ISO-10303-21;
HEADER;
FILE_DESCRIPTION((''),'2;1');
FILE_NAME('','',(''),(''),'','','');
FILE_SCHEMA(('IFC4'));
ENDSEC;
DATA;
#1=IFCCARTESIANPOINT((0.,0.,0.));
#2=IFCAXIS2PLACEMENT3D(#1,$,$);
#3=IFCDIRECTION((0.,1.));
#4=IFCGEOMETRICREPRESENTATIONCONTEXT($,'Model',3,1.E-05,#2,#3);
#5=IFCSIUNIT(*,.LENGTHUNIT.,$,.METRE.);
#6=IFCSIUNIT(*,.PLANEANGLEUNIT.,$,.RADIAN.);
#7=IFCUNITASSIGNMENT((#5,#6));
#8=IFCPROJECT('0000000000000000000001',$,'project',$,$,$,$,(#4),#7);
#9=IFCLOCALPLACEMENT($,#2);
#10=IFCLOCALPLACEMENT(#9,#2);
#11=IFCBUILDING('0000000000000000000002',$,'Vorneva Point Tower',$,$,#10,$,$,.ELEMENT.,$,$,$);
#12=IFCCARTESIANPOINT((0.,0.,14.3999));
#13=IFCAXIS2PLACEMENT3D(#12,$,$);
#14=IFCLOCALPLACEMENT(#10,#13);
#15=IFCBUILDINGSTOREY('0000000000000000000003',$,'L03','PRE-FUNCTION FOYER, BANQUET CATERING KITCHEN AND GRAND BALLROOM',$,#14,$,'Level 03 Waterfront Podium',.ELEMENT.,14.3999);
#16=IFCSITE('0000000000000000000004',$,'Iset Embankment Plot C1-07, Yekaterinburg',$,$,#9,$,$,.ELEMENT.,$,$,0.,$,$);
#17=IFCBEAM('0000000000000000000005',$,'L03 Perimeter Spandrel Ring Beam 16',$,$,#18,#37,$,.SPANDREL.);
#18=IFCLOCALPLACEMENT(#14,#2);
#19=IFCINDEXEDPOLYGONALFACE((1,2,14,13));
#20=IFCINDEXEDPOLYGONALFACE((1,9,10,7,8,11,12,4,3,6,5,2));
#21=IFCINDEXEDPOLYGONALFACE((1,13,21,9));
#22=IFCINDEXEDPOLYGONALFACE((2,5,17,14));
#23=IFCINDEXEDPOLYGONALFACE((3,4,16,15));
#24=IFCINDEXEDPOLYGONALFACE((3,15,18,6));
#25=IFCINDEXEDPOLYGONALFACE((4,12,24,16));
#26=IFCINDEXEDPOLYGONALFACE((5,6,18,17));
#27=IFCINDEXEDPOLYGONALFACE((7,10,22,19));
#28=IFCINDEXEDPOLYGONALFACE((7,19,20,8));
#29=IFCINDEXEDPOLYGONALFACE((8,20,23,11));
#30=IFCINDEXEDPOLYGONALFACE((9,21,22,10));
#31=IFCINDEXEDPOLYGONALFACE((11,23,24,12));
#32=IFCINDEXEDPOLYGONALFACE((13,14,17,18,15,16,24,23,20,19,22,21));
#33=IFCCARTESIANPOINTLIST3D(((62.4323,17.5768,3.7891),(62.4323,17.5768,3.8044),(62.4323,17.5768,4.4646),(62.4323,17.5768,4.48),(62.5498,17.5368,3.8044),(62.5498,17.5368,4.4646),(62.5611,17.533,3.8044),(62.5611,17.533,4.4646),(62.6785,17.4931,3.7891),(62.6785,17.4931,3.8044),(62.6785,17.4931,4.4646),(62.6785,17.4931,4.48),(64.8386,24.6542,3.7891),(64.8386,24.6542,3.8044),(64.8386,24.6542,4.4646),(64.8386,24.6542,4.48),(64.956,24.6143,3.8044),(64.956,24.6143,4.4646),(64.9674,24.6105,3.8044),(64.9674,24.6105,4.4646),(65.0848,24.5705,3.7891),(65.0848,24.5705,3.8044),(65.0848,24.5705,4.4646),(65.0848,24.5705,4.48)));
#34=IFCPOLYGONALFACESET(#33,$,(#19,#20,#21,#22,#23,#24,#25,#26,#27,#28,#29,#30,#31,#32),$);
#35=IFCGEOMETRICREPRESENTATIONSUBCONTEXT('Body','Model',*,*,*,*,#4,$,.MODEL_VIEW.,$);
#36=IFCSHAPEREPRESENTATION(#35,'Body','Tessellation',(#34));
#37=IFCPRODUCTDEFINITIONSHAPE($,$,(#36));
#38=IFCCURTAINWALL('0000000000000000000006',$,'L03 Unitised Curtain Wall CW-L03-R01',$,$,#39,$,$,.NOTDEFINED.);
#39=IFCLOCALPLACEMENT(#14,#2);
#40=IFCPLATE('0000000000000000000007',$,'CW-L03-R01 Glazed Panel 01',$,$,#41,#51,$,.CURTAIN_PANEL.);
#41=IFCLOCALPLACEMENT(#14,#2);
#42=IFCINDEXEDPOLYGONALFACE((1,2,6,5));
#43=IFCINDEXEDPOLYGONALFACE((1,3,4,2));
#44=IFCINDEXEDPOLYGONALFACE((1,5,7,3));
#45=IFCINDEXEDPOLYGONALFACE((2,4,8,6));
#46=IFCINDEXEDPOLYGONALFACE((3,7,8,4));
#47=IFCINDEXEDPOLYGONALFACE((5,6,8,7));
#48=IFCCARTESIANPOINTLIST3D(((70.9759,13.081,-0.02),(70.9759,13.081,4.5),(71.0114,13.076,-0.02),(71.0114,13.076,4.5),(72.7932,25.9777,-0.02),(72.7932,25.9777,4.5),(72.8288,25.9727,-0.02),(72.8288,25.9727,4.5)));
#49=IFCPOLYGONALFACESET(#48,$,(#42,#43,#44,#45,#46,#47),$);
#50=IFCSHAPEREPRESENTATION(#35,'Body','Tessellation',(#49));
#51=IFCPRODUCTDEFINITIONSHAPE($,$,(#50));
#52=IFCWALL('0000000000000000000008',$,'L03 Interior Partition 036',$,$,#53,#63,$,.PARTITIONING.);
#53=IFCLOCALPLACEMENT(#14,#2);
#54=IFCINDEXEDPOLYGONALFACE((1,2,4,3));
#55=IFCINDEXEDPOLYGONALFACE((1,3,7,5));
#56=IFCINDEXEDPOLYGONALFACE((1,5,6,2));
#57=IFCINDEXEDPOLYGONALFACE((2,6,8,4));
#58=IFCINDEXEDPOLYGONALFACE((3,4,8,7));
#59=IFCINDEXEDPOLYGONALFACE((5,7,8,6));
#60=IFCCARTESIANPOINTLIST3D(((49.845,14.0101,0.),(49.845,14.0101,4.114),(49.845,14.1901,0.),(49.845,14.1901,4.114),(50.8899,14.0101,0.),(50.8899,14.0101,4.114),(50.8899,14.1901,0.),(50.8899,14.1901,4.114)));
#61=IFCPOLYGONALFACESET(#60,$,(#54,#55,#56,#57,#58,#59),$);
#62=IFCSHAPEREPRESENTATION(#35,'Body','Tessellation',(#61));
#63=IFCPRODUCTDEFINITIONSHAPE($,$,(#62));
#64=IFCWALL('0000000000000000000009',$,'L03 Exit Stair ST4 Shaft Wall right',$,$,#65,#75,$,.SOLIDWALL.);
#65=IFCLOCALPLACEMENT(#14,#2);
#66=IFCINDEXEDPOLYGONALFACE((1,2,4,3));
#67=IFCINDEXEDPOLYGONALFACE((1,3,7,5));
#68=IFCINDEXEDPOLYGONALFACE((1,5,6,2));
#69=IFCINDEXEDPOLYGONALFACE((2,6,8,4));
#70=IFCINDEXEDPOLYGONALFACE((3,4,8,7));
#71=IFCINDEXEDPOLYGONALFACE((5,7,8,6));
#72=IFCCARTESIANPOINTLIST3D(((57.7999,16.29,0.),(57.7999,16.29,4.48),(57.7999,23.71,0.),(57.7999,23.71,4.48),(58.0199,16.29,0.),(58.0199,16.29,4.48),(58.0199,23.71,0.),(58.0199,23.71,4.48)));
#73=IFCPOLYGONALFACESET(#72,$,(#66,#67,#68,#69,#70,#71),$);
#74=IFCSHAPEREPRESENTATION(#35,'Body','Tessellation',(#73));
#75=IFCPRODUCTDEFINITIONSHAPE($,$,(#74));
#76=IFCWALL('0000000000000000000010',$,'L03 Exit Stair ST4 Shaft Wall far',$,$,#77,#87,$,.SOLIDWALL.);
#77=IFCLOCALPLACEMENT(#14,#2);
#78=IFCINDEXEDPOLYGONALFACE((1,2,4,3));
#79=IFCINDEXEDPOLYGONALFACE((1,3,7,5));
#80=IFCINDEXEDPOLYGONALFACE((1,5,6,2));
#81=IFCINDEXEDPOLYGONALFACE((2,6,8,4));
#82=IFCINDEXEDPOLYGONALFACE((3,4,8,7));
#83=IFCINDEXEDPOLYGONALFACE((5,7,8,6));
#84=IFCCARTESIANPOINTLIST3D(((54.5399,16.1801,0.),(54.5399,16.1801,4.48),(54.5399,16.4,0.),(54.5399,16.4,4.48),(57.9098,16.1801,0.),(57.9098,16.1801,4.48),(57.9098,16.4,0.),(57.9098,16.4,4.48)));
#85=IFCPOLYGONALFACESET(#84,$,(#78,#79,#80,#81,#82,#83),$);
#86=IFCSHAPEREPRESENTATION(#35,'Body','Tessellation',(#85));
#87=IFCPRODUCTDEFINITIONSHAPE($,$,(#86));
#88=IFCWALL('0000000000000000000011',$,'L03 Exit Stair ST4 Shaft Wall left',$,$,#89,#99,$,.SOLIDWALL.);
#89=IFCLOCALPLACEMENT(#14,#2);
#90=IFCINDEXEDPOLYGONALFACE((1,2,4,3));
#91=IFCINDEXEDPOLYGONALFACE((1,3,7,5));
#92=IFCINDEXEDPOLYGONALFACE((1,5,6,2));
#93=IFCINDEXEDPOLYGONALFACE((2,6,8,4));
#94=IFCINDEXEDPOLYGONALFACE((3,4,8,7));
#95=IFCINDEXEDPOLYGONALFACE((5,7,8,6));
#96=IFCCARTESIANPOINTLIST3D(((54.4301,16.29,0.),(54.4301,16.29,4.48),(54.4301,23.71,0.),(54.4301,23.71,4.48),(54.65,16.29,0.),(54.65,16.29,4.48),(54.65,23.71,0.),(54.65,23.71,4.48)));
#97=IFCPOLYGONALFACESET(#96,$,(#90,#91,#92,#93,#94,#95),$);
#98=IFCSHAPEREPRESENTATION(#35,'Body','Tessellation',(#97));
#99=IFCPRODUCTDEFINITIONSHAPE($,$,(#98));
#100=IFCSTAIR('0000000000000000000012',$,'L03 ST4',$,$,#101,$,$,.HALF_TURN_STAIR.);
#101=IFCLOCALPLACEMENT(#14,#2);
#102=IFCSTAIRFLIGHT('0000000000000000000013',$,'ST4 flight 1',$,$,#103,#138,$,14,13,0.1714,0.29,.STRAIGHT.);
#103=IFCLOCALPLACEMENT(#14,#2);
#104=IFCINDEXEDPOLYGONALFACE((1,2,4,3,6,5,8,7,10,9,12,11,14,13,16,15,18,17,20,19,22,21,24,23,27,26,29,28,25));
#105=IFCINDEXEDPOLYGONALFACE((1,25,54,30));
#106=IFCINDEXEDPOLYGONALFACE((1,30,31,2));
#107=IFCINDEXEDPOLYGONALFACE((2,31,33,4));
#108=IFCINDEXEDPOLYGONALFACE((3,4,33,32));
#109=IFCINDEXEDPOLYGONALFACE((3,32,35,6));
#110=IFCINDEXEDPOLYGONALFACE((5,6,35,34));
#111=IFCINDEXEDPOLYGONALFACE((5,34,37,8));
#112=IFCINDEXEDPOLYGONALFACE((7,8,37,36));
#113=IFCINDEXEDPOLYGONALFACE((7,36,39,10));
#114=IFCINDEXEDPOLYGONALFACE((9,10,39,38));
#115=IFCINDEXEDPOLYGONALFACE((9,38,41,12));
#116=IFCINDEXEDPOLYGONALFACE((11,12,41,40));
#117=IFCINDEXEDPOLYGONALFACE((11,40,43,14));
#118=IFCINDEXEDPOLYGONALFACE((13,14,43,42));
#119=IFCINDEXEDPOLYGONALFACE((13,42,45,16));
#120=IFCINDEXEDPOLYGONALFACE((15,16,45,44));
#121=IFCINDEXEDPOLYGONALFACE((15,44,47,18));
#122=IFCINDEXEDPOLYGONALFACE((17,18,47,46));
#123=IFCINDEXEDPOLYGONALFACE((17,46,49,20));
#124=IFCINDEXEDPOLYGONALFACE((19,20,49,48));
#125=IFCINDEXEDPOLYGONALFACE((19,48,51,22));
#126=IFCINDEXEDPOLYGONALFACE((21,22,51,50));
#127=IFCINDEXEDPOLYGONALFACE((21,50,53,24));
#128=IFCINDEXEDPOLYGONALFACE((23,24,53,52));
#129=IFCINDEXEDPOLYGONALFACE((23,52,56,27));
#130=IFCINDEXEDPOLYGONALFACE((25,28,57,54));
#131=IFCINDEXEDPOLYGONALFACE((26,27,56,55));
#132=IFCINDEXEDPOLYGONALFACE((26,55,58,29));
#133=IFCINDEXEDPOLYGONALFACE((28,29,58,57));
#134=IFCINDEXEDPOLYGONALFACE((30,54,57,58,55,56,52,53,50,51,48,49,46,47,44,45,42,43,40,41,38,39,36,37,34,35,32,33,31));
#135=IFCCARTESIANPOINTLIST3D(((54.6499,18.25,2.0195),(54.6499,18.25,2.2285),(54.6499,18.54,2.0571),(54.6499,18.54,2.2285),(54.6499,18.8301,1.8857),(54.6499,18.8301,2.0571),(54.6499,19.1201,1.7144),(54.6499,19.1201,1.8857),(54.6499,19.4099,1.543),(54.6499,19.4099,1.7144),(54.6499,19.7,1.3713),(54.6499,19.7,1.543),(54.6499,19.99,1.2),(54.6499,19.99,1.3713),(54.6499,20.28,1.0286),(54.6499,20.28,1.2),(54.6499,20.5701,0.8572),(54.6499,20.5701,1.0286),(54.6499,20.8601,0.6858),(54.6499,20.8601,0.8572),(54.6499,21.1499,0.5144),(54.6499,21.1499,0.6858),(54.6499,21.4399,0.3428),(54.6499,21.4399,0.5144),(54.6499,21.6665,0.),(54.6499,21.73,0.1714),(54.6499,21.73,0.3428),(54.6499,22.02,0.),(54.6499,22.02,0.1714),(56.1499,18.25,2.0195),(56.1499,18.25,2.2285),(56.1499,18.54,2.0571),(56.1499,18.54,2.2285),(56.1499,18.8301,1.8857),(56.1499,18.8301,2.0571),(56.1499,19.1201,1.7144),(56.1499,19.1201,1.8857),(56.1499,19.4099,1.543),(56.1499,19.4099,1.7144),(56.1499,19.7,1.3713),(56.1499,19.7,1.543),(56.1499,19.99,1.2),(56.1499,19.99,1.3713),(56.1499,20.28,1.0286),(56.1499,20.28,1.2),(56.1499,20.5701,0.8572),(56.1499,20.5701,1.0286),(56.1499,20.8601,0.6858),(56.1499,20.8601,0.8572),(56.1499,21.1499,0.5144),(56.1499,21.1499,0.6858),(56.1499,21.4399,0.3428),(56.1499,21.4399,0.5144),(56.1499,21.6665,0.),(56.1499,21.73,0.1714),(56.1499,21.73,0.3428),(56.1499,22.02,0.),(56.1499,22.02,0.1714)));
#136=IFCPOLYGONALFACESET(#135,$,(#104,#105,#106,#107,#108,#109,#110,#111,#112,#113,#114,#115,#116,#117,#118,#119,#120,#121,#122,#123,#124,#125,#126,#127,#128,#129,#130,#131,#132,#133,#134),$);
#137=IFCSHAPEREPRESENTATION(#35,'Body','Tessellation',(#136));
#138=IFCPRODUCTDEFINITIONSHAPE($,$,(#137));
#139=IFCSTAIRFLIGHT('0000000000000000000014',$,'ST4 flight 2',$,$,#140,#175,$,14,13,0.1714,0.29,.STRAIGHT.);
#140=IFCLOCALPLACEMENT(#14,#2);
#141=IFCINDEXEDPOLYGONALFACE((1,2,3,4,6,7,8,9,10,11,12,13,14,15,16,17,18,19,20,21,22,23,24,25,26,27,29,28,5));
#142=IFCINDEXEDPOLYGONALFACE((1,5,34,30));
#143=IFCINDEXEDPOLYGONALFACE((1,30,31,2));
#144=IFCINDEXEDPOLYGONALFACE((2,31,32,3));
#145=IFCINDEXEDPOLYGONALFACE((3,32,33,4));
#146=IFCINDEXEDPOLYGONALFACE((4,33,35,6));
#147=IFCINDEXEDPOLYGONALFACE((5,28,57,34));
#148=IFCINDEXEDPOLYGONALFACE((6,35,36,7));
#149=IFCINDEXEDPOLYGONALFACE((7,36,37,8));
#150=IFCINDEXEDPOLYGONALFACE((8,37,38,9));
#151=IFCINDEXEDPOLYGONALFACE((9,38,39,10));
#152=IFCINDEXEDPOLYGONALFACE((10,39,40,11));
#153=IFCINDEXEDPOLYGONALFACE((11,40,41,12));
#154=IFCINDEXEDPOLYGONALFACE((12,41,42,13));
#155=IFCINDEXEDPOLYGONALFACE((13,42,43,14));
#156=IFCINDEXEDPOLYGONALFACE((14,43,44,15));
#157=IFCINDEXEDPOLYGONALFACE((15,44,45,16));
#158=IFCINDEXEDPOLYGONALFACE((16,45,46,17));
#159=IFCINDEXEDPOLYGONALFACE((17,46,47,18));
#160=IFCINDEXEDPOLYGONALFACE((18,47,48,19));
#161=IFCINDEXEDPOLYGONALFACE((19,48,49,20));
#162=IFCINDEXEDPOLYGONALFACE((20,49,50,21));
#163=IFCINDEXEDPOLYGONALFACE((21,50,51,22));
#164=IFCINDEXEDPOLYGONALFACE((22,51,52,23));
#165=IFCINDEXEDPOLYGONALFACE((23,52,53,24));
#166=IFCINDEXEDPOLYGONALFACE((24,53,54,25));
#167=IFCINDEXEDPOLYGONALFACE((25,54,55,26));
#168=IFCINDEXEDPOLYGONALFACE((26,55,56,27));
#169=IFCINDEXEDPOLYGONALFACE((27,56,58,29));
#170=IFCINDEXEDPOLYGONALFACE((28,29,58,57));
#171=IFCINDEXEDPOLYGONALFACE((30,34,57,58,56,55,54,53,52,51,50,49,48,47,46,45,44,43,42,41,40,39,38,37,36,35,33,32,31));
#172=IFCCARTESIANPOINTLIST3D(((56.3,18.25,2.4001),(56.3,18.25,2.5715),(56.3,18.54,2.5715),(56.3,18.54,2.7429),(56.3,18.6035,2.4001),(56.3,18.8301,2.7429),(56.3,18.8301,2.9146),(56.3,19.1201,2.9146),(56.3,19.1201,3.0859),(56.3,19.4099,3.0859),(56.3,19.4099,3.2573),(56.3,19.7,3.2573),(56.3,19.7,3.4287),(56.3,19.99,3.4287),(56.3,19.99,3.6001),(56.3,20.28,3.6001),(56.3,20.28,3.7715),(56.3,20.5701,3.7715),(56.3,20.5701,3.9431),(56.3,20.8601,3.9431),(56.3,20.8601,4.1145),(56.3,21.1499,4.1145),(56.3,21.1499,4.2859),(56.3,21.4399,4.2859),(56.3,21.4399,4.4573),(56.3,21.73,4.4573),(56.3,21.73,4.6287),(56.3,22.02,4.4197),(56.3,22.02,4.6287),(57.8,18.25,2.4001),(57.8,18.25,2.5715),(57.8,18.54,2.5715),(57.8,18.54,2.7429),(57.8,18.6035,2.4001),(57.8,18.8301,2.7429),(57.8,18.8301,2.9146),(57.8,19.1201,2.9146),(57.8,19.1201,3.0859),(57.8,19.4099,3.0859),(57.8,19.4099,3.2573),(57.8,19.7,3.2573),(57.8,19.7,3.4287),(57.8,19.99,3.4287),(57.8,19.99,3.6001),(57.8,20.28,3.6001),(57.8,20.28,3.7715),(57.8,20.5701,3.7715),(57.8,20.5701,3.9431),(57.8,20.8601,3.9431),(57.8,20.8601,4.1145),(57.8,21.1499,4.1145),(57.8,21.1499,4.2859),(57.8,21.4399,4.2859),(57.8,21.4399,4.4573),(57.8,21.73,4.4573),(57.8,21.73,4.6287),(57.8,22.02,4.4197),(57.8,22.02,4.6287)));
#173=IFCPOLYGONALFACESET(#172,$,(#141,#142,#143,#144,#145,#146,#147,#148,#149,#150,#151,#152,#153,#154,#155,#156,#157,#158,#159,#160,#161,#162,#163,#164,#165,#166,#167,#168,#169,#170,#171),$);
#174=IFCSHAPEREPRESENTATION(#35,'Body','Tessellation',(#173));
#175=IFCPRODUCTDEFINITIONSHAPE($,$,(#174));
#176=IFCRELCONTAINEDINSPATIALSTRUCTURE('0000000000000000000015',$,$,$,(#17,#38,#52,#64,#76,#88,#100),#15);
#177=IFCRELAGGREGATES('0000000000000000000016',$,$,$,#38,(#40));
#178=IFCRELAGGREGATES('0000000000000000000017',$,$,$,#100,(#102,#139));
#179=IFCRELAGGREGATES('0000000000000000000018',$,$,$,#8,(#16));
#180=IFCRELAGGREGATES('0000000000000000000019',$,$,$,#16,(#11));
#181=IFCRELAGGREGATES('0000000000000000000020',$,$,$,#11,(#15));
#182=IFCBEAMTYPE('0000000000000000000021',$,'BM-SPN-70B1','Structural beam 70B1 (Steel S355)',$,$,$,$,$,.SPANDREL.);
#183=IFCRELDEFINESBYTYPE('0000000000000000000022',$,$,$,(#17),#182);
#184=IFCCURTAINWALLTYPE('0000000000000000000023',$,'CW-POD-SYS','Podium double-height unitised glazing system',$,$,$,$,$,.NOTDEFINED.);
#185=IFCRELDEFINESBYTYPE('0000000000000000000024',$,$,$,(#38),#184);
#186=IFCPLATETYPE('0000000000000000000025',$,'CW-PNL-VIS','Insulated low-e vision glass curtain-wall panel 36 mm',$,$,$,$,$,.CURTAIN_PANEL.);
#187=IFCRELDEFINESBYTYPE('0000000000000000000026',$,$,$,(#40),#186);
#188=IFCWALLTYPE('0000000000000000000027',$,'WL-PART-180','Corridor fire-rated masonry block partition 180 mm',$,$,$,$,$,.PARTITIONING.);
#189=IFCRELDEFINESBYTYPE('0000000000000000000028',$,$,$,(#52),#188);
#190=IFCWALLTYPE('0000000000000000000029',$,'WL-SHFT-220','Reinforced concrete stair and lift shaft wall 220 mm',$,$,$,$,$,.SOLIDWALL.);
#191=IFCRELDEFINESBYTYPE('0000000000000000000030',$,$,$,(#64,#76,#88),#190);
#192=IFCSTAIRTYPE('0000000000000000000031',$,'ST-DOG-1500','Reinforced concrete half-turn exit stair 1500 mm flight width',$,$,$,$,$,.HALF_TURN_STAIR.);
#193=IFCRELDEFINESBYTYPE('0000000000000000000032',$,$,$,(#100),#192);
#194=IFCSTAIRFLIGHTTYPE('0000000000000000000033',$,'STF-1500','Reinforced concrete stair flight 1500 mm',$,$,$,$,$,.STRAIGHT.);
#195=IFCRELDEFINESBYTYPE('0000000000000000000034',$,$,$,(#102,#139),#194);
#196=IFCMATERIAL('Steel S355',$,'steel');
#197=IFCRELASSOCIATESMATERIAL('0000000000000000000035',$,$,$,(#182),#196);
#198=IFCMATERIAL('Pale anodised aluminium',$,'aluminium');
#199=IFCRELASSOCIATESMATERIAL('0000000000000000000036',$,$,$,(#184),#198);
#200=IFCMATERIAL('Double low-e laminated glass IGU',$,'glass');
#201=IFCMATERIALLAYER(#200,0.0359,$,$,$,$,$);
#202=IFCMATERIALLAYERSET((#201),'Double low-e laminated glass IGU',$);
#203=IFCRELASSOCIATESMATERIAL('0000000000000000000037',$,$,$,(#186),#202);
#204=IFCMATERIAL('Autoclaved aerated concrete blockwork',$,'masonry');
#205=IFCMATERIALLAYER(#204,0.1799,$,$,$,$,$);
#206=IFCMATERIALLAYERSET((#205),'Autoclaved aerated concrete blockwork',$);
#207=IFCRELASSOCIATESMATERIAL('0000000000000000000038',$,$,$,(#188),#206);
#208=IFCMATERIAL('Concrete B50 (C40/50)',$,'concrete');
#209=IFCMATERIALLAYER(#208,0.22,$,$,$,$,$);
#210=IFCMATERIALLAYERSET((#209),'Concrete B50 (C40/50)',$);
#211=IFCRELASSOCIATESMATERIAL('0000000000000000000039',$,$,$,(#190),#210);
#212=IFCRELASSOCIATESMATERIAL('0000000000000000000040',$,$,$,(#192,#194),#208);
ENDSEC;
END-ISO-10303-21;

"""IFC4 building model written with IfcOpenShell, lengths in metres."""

from ifc_helpers import new_model, si_unit, direction, frame, frame_2d, origin, origin_2d, place, context, subcontext, project, spatial, polyline, rectangle, i_section, outline, extrude, material, layer, layer_set, material_profile, profile_set, type_object, element, aggregate, save


model = new_model("IFC4")

# Units and contexts
model_context = context("Model", 3, precision=1e-05, world=origin(), true_north=direction((0.0, 1.0)))
body_context = subcontext(model_context, "Body", "Model", "MODEL_VIEW")
ifc_project = project(units=[si_unit("LENGTHUNIT", "METRE"), si_unit("PLANEANGLEUNIT", "RADIAN")], contexts=[model_context])

# Site, building, storey
site_placement = place(None, origin())
site = spatial("IfcSite", under=ifc_project, at=site_placement, Name="Iset Embankment Plot C1-07, Yekaterinburg", CompositionType="ELEMENT", RefElevation=0.0)
building_placement = place(site_placement, origin())
building = spatial("IfcBuilding", under=site, at=building_placement, Name="Vorneva Point Tower", CompositionType="ELEMENT")
storey_placement = place(building_placement, frame((0.0, 0.0, 14.3999)))
storey = spatial("IfcBuildingStorey", under=building, at=storey_placement, Name="L03", Description="PRE-FUNCTION FOYER, BANQUET CATERING KITCHEN AND GRAND BALLROOM", LongName="Level 03 Waterfront Podium", CompositionType="ELEMENT", Elevation=14.3999)

# Beam
ifc_material_1 = material(Name="Steel S355", Category="steel")
ifc_material_profile_1 = material_profile(ifc_material_1, i_section(OverallWidth=0.26, OverallDepth=0.6909, WebThickness=0.012, FlangeThickness=0.0154, at=origin_2d()), Name="70B1")
ifc_profile_set_1 = profile_set([ifc_material_profile_1], Name="Steel S355")
beam_type_1 = type_object("IfcBeamType", Name="BM-SPN-70B1", Description="Structural beam 70B1 (Steel S355)", PredefinedType="SPANDREL", material=ifc_profile_set_1)
beam_1_placement = place(storey_placement, frame((62.5554, 17.5349, 4.1345), z_axis=(0.321895, 0.946775, 0.0), x_axis=(-0.946775, 0.321895, 0.0)))
element("IfcBeam", 1, at=beam_1_placement, inside=storey, type_object=beam_type_1, Name="L03 Perimeter Spandrel Ring Beam 16", PredefinedType="SPANDREL", context=body_context, shape_type="SweptSolid", body=[
    extrude(i_section(OverallWidth=0.26, OverallDepth=0.6909, WebThickness=0.012, FlangeThickness=0.0154, at=origin_2d()), origin(), (0.0, 0.0, 1.0), 7.4753),
])

# Curtain wall, plate
ifc_material_2 = material(Name="Pale anodised aluminium", Category="aluminium")
curtain_wall_type = type_object("IfcCurtainWallType", Name="CW-POD-SYS", Description="Podium double-height unitised glazing system", PredefinedType="NOTDEFINED", material=ifc_material_2)
curtain_wall_placement = place(storey_placement, origin())
curtain_wall = element("IfcCurtainWall", 2, at=curtain_wall_placement, inside=storey, type_object=curtain_wall_type, Name="L03 Unitised Curtain Wall CW-L03-R01", PredefinedType="NOTDEFINED")
ifc_material_3 = material(Name="Double low-e laminated glass IGU", Category="glass")
ifc_layer_1 = layer(ifc_material_3, 0.0359)
ifc_layer_set_1 = layer_set([ifc_layer_1], Name="Double low-e laminated glass IGU")
plate_type = type_object("IfcPlateType", Name="CW-PNL-VIS", Description="Insulated low-e vision glass curtain-wall panel 36 mm", PredefinedType="CURTAIN_PANEL", material=ifc_layer_set_1)
plate_placement = place(storey_placement, frame((71.9023, 19.5269, -0.02), z_axis=(0.0, 0.0, 1.0), x_axis=(0.139536, 0.990217, 0.0)))
plate = element("IfcPlate", 3, at=plate_placement, type_object=plate_type, Name="CW-L03-R01 Glazed Panel 01", PredefinedType="CURTAIN_PANEL", context=body_context, shape_type="SweptSolid", body=[
    extrude(rectangle(XDim=13.0242, YDim=0.0359, at=origin_2d()), origin(), (0.0, 0.0, 1.0), 4.52),
])
aggregate(curtain_wall, [plate])

# Wall
ifc_material_4 = material(Name="Autoclaved aerated concrete blockwork", Category="masonry")
ifc_layer_2 = layer(ifc_material_4, 0.1799)
ifc_layer_set_2 = layer_set([ifc_layer_2], Name="Autoclaved aerated concrete blockwork")
wall_type_1 = type_object("IfcWallType", Name="WL-PART-180", Description="Corridor fire-rated masonry block partition 180 mm", PredefinedType="PARTITIONING", material=ifc_layer_set_2)
wall_1_placement = place(storey_placement, frame((49.845, 14.1001, 0.0), z_axis=(0.0, 0.0, 1.0), x_axis=(1.0, 0.0, 0.0)))
element("IfcWall", 4, at=wall_1_placement, inside=storey, type_object=wall_type_1, Name="L03 Interior Partition 036", PredefinedType="PARTITIONING", context=body_context, shape_type="SweptSolid", body=[
    extrude(rectangle(XDim=1.0449, YDim=0.1799, at=frame_2d((0.5225, 0.0))), origin(), (0.0, 0.0, 1.0), 4.114),
])

# Shared definitions
ifc_material_5 = material(Name="Concrete B50 (C40/50)", Category="concrete")
ifc_layer_3 = layer(ifc_material_5, 0.22)
ifc_layer_set_3 = layer_set([ifc_layer_3], Name="Concrete B50 (C40/50)")
wall_type_2 = type_object("IfcWallType", Name="WL-SHFT-220", Description="Reinforced concrete stair and lift shaft wall 220 mm", PredefinedType="SOLIDWALL", material=ifc_layer_set_3)

# Walls
wall_2_placement = place(storey_placement, frame((57.9099, 23.71, 0.0), z_axis=(0.0, 0.0, 1.0), x_axis=(0.0, -1.0, 0.0)))
element("IfcWall", 5, at=wall_2_placement, inside=storey, type_object=wall_type_2, Name="L03 Exit Stair ST4 Shaft Wall right", PredefinedType="SOLIDWALL", context=body_context, shape_type="SweptSolid", body=[
    extrude(rectangle(XDim=7.4199, YDim=0.22, at=frame_2d((3.71, 0.0))), origin(), (0.0, 0.0, 1.0), 4.48),
])
wall_3_placement = place(storey_placement, frame((57.9099, 16.29, 0.0), z_axis=(0.0, 0.0, 1.0), x_axis=(-1.0, 0.0, 0.0)))
element("IfcWall", 6, at=wall_3_placement, inside=storey, type_object=wall_type_2, Name="L03 Exit Stair ST4 Shaft Wall far", PredefinedType="SOLIDWALL", context=body_context, shape_type="SweptSolid", body=[
    extrude(rectangle(XDim=3.3699, YDim=0.22, at=frame_2d((1.6851, 0.0))), origin(), (0.0, 0.0, 1.0), 4.48),
])
wall_4_placement = place(storey_placement, frame((54.54, 16.29, 0.0), z_axis=(0.0, 0.0, 1.0), x_axis=(0.0, 1.0, 0.0)))
element("IfcWall", 7, at=wall_4_placement, inside=storey, type_object=wall_type_2, Name="L03 Exit Stair ST4 Shaft Wall left", PredefinedType="SOLIDWALL", context=body_context, shape_type="SweptSolid", body=[
    extrude(rectangle(XDim=7.4199, YDim=0.22, at=frame_2d((3.71, 0.0))), origin(), (0.0, 0.0, 1.0), 4.48),
])

# Stair, stair flights
stair_type = type_object("IfcStairType", Name="ST-DOG-1500", Description="Reinforced concrete half-turn exit stair 1500 mm flight width", PredefinedType="HALF_TURN_STAIR", material=ifc_material_5)
stair_placement = place(storey_placement, origin())
stair = element("IfcStair", 8, at=stair_placement, inside=storey, type_object=stair_type, Name="L03 ST4", PredefinedType="HALF_TURN_STAIR")
stair_flight_type = type_object("IfcStairFlightType", Name="STF-1500", Description="Reinforced concrete stair flight 1500 mm", PredefinedType="STRAIGHT", material=ifc_material_5)
stair_flight_1_placement = place(storey_placement, frame((55.3999, 22.02, 0.0), z_axis=(0.0, 0.0, 1.0), x_axis=(0.0, -1.0, 0.0)))
stair_flight_1 = element("IfcStairFlight", 9, at=stair_flight_1_placement, type_object=stair_flight_type, Name="ST4 flight 1", NumberOfRisers=14, NumberOfTreads=13, PredefinedType="STRAIGHT", RiserHeight=0.1714, TreadLength=0.29, context=body_context, shape_type="SweptSolid", body=[
    extrude(outline(polyline([(0.0, 0.0), (0.0, 0.1714), (0.29, 0.1714), (0.29, 0.3428), (0.5801, 0.3428), (0.5801, 0.5144), (0.8701, 0.5144), (0.8701, 0.6858), (1.1599, 0.6858), (1.1599, 0.8572), (1.45, 0.8572), (1.45, 1.0286), (1.74, 1.0286), (1.74, 1.2), (2.03, 1.2), (2.03, 1.3713), (2.3201, 1.3713), (2.3201, 1.543), (2.6101, 1.543), (2.6101, 1.7144), (2.8999, 1.7144), (2.8999, 1.8857), (3.1899, 1.8857), (3.1899, 2.0571), (3.48, 2.0571), (3.48, 2.2285), (3.77, 2.2285), (3.77, 2.3999), (3.77, 2.0195), (0.3535, 0.0), (0.0, 0.0)])), frame((0.0, 0.75, 0.0), z_axis=(0.0, -1.0, 0.0), x_axis=(1.0, 0.0, 0.0)), (0.0, 0.0, 1.0), 1.5),
])
stair_flight_2_placement = place(storey_placement, frame((57.05, 18.25, 2.4001), z_axis=(0.0, 0.0, 1.0), x_axis=(0.0, 1.0, 0.0)))
stair_flight_2 = element("IfcStairFlight", 10, at=stair_flight_2_placement, type_object=stair_flight_type, Name="ST4 flight 2", NumberOfRisers=14, NumberOfTreads=13, PredefinedType="STRAIGHT", RiserHeight=0.1714, TreadLength=0.29, context=body_context, shape_type="SweptSolid", body=[
    extrude(outline(polyline([(0.0, 0.0), (0.0, 0.1714), (0.29, 0.1714), (0.29, 0.3428), (0.5801, 0.3428), (0.5801, 0.5144), (0.8701, 0.5144), (0.8701, 0.6858), (1.1599, 0.6858), (1.1599, 0.8572), (1.45, 0.8572), (1.45, 1.0286), (1.74, 1.0286), (1.74, 1.2), (2.03, 1.2), (2.03, 1.3713), (2.3201, 1.3713), (2.3201, 1.543), (2.6101, 1.543), (2.6101, 1.7144), (2.8999, 1.7144), (2.8999, 1.8857), (3.1899, 1.8857), (3.1899, 2.0571), (3.48, 2.0571), (3.48, 2.2285), (3.77, 2.2285), (3.77, 2.3999), (3.77, 2.0195), (0.3535, 0.0), (0.0, 0.0)])), frame((0.0, 0.75, 0.0), z_axis=(0.0, -1.0, 0.0), x_axis=(1.0, 0.0, 0.0)), (0.0, 0.0, 1.0), 1.5),
])
aggregate(stair, [stair_flight_1, stair_flight_2])

save(model, "model.ifc")
